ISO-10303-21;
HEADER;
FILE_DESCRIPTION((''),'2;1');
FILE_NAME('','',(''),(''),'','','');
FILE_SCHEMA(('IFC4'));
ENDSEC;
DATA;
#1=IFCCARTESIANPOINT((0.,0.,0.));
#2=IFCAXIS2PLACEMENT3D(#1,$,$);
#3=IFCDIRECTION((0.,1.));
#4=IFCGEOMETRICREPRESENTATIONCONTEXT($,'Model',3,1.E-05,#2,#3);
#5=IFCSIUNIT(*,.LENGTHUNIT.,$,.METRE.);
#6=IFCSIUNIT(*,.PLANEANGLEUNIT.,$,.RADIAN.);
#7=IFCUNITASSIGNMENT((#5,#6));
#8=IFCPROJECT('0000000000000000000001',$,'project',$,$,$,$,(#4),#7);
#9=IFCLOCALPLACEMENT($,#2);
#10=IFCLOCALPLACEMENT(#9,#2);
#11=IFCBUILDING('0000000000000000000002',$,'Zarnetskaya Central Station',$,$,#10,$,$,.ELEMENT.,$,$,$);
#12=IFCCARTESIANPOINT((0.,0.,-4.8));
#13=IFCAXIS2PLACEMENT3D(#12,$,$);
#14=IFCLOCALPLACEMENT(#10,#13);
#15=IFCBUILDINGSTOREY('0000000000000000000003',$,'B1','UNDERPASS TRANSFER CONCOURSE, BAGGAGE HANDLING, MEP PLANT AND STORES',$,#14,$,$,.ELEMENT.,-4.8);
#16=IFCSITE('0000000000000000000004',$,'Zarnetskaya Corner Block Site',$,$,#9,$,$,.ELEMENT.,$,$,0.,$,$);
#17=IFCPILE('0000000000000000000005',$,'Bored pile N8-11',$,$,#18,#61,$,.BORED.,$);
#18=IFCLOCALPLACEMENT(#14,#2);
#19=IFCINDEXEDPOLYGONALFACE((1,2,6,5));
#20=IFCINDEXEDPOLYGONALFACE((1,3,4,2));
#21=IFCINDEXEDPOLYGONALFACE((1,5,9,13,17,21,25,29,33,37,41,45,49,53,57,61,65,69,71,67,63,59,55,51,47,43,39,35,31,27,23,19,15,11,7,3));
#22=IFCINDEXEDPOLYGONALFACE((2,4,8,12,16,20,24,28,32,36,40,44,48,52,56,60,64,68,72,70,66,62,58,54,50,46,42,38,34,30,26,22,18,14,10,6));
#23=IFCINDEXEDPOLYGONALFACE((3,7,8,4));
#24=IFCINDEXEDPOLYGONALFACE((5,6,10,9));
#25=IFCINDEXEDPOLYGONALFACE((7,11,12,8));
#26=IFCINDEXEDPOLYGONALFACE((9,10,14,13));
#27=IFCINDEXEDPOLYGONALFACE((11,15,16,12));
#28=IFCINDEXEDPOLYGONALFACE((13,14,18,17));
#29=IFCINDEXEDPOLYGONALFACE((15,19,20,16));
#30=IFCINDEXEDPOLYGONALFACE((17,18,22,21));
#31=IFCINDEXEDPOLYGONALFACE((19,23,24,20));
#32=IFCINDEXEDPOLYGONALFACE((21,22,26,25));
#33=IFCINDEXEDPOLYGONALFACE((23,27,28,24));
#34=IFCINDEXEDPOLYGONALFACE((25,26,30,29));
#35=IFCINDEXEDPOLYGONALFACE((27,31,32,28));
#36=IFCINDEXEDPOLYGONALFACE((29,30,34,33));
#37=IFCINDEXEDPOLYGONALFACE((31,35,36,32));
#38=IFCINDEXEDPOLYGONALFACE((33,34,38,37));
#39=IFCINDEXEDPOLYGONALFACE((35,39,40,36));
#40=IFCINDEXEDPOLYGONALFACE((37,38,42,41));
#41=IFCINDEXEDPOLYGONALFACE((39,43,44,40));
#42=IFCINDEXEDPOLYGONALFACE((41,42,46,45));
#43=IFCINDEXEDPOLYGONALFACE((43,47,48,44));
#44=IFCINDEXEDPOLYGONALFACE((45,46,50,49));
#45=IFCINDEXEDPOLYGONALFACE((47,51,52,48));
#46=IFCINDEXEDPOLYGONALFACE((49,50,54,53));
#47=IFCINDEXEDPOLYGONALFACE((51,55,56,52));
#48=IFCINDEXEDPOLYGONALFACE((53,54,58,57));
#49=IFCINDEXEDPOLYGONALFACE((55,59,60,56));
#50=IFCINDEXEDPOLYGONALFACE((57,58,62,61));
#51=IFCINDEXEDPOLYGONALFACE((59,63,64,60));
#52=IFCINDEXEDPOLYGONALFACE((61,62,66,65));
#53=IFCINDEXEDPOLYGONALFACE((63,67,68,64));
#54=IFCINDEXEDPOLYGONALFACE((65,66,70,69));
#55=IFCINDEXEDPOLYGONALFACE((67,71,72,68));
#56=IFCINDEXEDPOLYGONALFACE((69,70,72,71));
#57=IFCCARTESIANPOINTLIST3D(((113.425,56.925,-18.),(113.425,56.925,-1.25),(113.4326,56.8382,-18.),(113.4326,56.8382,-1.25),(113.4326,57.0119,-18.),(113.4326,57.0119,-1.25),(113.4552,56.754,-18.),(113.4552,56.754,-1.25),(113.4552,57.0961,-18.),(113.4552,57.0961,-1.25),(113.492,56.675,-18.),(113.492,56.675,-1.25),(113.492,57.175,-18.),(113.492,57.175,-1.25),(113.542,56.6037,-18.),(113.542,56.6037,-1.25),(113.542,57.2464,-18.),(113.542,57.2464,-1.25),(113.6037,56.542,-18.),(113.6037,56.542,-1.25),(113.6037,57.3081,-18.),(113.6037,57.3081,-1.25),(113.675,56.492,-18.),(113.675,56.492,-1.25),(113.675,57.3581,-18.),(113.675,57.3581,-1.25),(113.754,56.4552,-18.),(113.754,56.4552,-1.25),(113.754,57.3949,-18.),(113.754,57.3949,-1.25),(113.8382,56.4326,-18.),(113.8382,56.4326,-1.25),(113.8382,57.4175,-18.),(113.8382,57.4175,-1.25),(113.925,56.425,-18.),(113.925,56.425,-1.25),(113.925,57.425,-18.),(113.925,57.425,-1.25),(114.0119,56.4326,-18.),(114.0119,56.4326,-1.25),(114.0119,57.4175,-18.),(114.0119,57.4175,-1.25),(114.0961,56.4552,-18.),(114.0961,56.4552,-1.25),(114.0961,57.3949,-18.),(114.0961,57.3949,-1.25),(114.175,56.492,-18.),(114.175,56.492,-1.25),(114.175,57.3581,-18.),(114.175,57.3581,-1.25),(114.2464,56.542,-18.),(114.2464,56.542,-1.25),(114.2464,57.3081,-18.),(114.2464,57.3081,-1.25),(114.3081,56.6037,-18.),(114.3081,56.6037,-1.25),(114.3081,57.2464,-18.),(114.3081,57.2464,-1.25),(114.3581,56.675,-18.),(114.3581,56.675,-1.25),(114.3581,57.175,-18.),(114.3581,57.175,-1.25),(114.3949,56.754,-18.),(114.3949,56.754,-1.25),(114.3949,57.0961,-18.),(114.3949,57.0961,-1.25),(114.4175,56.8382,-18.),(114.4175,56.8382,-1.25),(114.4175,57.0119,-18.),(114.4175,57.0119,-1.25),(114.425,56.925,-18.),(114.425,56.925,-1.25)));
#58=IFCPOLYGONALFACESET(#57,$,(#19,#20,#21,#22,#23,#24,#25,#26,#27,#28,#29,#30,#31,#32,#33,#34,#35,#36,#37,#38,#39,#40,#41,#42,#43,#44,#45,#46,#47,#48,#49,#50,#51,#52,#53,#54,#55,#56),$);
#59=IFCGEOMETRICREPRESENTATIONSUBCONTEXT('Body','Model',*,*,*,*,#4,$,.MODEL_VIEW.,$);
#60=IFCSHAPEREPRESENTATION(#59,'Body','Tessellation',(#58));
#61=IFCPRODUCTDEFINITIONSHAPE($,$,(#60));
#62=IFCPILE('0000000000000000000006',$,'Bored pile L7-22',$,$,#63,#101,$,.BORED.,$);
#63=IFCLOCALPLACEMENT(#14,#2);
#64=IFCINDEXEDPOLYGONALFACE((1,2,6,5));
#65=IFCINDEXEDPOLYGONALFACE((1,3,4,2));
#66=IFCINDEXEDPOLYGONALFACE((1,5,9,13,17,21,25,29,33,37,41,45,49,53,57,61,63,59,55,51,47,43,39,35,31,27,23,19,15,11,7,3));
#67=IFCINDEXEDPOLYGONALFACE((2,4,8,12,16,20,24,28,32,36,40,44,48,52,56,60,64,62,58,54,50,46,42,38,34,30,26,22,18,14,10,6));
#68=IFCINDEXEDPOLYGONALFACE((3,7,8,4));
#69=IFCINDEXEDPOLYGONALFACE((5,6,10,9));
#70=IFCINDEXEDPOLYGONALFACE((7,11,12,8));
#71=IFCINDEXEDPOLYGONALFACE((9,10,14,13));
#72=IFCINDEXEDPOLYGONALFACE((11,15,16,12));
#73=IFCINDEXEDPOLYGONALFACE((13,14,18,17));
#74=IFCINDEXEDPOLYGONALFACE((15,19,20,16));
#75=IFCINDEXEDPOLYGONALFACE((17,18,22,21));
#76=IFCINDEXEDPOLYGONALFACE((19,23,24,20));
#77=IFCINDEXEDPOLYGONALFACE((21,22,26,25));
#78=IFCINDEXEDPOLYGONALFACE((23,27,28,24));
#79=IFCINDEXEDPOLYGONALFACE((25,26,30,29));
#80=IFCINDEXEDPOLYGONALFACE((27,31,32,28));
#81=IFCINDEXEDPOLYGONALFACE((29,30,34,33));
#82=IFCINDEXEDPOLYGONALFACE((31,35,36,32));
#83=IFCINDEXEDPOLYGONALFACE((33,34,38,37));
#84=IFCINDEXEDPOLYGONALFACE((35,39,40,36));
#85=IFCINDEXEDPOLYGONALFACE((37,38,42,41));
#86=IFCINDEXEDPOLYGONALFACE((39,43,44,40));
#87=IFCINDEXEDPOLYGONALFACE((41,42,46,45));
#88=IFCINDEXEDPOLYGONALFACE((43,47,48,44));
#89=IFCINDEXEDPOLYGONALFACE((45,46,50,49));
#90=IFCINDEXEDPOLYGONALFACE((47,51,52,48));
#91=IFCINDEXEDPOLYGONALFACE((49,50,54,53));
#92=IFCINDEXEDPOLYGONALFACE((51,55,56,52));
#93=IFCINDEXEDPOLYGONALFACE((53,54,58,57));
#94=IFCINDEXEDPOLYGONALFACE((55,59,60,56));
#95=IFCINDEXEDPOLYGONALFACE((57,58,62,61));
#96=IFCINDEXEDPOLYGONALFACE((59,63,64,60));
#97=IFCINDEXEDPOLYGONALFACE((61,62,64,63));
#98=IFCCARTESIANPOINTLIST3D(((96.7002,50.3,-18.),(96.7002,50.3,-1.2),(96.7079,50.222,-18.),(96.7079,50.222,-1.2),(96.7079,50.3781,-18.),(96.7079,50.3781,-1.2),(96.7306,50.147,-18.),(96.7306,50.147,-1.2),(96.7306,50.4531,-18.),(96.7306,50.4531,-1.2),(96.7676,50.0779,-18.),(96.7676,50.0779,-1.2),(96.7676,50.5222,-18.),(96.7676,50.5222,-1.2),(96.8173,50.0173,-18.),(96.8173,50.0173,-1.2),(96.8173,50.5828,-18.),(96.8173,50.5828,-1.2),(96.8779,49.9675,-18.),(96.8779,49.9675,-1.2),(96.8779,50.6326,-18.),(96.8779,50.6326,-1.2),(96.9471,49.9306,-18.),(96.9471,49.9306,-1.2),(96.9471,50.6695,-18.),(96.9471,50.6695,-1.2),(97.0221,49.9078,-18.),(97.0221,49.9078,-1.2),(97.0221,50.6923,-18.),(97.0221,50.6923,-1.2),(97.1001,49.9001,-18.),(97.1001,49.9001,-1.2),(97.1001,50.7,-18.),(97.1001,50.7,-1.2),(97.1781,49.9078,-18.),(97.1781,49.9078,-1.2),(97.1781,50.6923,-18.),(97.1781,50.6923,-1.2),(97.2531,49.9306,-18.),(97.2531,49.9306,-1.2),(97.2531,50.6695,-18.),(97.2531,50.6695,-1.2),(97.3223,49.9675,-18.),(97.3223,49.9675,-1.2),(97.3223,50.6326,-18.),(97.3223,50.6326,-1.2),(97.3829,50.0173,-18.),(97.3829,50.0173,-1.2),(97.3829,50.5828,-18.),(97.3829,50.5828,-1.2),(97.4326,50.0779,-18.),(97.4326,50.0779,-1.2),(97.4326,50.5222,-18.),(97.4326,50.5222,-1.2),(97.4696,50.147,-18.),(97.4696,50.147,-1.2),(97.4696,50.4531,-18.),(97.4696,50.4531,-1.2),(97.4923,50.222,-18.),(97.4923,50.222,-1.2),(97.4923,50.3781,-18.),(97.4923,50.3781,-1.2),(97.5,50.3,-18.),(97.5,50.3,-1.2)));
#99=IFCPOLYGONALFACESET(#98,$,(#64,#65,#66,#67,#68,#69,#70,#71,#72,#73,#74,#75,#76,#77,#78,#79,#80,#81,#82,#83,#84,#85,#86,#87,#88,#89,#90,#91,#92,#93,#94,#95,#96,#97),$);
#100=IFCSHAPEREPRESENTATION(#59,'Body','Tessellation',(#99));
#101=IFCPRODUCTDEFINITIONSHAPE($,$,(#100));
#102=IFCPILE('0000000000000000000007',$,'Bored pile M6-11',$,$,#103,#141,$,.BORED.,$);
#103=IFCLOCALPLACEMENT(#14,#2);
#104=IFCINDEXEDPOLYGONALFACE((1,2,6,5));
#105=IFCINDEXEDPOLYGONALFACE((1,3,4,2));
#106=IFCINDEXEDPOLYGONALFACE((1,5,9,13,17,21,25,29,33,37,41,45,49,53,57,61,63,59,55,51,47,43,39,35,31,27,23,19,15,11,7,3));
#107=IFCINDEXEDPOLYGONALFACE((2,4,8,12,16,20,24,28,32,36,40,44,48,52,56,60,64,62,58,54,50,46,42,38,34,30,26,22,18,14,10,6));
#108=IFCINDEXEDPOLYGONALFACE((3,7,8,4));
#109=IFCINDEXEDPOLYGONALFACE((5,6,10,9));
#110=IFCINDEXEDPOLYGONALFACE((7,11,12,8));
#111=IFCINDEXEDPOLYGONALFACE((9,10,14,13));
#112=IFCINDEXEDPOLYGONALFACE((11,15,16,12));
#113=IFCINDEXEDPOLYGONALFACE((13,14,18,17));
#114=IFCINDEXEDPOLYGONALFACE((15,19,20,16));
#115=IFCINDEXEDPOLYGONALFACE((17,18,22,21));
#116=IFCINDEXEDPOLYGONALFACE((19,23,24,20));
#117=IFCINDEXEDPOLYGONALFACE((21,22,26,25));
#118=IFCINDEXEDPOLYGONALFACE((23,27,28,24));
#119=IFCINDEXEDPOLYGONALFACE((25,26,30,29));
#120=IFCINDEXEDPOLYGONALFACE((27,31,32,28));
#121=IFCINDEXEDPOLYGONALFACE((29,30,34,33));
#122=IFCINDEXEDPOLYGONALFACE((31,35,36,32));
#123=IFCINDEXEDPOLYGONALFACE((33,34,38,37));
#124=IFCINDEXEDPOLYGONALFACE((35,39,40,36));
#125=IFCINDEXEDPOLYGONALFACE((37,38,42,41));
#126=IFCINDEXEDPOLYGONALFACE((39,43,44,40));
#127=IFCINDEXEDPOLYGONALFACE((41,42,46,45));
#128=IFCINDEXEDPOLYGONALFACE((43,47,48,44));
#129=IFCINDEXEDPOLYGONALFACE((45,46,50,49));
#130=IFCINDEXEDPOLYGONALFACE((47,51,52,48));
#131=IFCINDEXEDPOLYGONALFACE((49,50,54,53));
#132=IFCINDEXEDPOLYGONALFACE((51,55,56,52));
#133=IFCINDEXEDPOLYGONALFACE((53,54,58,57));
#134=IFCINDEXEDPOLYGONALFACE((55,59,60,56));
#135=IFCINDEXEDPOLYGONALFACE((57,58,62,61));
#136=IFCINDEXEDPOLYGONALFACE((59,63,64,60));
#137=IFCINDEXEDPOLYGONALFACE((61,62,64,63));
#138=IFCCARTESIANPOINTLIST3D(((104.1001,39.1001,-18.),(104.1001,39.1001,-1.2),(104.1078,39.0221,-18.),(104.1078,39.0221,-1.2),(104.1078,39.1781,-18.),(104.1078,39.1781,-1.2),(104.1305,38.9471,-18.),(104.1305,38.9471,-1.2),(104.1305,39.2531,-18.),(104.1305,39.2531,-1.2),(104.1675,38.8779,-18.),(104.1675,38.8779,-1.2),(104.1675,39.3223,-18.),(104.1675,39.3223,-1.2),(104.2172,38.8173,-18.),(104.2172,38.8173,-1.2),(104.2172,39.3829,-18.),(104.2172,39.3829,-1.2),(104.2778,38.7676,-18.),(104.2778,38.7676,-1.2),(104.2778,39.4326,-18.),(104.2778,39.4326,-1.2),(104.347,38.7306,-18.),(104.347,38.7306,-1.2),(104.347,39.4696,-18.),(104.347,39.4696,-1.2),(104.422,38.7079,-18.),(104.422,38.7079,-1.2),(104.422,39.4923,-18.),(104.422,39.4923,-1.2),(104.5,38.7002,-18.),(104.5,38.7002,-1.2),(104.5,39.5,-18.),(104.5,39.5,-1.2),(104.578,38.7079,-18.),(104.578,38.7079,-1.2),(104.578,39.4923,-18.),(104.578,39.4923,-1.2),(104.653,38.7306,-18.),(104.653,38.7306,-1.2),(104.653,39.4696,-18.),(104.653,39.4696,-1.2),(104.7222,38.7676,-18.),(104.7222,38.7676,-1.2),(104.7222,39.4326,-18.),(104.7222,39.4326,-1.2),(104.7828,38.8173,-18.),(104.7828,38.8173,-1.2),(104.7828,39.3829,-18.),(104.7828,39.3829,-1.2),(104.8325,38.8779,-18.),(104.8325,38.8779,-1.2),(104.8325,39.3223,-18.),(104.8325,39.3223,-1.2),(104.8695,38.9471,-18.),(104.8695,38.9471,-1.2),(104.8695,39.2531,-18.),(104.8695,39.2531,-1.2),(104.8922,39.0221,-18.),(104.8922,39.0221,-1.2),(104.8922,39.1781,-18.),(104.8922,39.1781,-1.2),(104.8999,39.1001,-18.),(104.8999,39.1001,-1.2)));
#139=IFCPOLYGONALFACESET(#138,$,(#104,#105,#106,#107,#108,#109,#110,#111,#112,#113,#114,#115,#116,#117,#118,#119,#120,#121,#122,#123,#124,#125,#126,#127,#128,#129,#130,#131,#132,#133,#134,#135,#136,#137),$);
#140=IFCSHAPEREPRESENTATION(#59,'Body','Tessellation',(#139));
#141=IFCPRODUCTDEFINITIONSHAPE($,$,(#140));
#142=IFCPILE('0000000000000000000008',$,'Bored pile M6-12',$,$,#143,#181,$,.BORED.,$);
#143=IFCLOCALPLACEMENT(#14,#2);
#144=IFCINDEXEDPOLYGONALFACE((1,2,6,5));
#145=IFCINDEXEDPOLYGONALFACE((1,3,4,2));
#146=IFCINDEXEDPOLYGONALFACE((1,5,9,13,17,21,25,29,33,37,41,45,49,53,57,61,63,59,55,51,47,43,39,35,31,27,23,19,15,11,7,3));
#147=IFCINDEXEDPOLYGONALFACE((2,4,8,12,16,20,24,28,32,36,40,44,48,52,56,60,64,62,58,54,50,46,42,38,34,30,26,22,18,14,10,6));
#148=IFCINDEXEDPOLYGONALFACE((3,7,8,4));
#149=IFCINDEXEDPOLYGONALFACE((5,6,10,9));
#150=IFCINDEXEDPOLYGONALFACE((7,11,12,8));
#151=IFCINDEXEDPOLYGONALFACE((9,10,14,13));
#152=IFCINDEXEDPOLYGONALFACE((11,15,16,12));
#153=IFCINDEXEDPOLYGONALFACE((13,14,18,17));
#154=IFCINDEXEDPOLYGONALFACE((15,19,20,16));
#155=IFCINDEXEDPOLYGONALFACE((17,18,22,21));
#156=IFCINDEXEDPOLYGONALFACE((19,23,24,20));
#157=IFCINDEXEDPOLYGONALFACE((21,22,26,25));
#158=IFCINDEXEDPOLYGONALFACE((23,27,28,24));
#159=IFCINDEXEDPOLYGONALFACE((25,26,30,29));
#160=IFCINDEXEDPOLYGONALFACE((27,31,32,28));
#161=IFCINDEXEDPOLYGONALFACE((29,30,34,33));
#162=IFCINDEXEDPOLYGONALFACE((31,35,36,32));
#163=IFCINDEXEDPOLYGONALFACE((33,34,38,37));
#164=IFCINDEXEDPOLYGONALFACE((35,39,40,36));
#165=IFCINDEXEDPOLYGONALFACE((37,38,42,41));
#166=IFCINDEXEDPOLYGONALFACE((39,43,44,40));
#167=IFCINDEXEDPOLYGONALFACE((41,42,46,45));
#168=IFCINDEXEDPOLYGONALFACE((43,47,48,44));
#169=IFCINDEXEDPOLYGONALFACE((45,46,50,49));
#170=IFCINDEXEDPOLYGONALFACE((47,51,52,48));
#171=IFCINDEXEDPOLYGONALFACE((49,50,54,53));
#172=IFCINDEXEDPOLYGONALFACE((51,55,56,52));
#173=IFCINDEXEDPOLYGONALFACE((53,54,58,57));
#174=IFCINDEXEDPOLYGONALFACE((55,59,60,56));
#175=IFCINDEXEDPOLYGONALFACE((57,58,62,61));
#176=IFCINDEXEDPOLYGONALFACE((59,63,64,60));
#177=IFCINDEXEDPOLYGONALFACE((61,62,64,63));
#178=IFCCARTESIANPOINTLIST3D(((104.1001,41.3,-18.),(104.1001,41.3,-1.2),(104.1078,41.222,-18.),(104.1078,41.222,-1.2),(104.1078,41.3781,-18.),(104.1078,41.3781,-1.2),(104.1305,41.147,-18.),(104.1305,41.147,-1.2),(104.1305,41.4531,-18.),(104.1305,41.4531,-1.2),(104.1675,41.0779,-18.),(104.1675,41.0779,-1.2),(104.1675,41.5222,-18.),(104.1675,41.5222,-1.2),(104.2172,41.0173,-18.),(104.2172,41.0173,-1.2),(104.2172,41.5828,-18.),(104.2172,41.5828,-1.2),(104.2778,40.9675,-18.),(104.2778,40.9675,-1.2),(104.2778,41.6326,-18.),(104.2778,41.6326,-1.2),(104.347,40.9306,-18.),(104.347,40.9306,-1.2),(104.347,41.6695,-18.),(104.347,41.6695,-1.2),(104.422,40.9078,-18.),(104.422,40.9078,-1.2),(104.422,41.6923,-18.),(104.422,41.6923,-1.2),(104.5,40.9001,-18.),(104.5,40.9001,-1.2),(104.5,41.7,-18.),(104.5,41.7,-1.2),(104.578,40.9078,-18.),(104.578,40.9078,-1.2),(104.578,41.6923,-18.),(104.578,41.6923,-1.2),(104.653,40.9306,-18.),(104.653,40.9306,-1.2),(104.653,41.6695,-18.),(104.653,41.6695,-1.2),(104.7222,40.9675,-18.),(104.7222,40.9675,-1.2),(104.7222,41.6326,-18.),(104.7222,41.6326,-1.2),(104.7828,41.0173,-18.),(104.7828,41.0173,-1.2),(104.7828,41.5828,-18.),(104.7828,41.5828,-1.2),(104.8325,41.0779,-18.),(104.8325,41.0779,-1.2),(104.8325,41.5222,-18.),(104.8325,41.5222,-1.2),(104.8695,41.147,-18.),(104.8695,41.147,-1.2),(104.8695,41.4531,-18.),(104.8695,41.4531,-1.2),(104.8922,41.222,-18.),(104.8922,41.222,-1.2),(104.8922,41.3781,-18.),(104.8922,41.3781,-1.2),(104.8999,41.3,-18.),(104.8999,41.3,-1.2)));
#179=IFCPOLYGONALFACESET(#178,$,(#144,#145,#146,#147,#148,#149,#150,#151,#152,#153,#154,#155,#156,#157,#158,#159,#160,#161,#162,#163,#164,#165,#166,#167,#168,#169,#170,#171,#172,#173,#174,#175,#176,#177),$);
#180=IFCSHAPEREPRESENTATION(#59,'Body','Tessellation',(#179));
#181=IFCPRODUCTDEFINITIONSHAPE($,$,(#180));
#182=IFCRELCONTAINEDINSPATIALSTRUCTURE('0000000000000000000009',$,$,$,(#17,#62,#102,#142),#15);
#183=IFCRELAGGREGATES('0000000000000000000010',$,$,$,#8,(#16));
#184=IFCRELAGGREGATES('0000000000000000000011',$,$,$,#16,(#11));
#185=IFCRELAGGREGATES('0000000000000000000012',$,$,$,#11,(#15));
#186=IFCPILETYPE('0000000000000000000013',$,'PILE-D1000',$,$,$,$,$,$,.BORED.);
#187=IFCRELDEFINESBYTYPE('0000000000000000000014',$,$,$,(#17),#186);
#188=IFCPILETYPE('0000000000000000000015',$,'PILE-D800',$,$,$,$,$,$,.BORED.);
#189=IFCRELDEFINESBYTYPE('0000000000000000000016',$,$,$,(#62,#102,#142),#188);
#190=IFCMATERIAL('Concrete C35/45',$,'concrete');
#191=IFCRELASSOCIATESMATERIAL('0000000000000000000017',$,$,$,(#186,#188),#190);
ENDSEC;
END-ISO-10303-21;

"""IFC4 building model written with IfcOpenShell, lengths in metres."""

from ifc_helpers import new_model, si_unit, direction, frame, origin, origin_2d, place, context, subcontext, project, spatial, circle, extrude, material, material_profile, profile_set, type_object, element, save


model = new_model("IFC4")

# Units and contexts
model_context = context("Model", 3, precision=1e-05, world=origin(), true_north=direction((0.0, 1.0)))
body_context = subcontext(model_context, "Body", "Model", "MODEL_VIEW")
ifc_project = project(units=[si_unit("LENGTHUNIT", "METRE"), si_unit("PLANEANGLEUNIT", "RADIAN")], contexts=[model_context])

# Site, building, storey
site_placement = place(None, origin())
site = spatial("IfcSite", under=ifc_project, at=site_placement, Name="Zarnetskaya Corner Block Site", CompositionType="ELEMENT", RefElevation=0.0)
building_placement = place(site_placement, origin())
building = spatial("IfcBuilding", under=site, at=building_placement, Name="Zarnetskaya Central Station", CompositionType="ELEMENT")
storey_placement = place(building_placement, frame((0.0, 0.0, -4.8)))
storey = spatial("IfcBuildingStorey", under=building, at=storey_placement, Name="B1", Description="UNDERPASS TRANSFER CONCOURSE, BAGGAGE HANDLING, MEP PLANT AND STORES", CompositionType="ELEMENT", Elevation=-4.8)

# Shared definitions
ifc_material = material(Name="Concrete C35/45", Category="concrete")

# Piles
ifc_material_profile_1 = material_profile(ifc_material, circle(Radius=0.5, at=origin_2d()), Name="BORED PILE D1000")
ifc_profile_set_1 = profile_set([ifc_material_profile_1], Name="Concrete C35/45")
pile_type_1 = type_object("IfcPileType", Name="PILE-D1000", PredefinedType="BORED", material=ifc_profile_set_1)
pile_placement = place(storey_placement, frame((113.925, 56.925, -1.25), z_axis=(0.0, 0.0, -1.0), x_axis=(1.0, 0.0, 0.0)))
element("IfcPile", 1, at=pile_placement, inside=storey, type_object=pile_type_1, Name="Bored pile N8-11", PredefinedType="BORED", context=body_context, shape_type="SweptSolid", body=[
    extrude(circle(Radius=0.5, at=origin_2d()), origin(), (0.0, 0.0, 1.0), 16.75),
])
ifc_material_profile_2 = material_profile(ifc_material, circle(Radius=0.3999, at=origin_2d()), Name="BORED PILE D800")
ifc_profile_set_2 = profile_set([ifc_material_profile_2], Name="Concrete C35/45")
pile_type_2 = type_object("IfcPileType", Name="PILE-D800", PredefinedType="BORED", material=ifc_profile_set_2)
for number, where, z_axis, x_axis, name in (
    (2, (97.1001, 50.3, -1.2), (0.0, 0.0, -1.0), (1.0, 0.0, 0.0), "Bored pile L7-22"),
    (3, (104.5, 39.1001, -1.2), (0.0, 0.0, -1.0), (1.0, 0.0, 0.0), "Bored pile M6-11"),
    (4, (104.5, 41.3, -1.2), (0.0, 0.0, -1.0), (1.0, 0.0, 0.0), "Bored pile M6-12"),
):
    element("IfcPile", number, at=place(storey_placement, frame(where, z_axis=z_axis, x_axis=x_axis)), inside=storey, type_object=pile_type_2, Name=name, PredefinedType="BORED", context=body_context, shape_type="SweptSolid", body=[
        extrude(circle(Radius=0.3999, at=origin_2d()), origin(), (0.0, 0.0, 1.0), 16.8),
    ])

save(model, "model.ifc")
